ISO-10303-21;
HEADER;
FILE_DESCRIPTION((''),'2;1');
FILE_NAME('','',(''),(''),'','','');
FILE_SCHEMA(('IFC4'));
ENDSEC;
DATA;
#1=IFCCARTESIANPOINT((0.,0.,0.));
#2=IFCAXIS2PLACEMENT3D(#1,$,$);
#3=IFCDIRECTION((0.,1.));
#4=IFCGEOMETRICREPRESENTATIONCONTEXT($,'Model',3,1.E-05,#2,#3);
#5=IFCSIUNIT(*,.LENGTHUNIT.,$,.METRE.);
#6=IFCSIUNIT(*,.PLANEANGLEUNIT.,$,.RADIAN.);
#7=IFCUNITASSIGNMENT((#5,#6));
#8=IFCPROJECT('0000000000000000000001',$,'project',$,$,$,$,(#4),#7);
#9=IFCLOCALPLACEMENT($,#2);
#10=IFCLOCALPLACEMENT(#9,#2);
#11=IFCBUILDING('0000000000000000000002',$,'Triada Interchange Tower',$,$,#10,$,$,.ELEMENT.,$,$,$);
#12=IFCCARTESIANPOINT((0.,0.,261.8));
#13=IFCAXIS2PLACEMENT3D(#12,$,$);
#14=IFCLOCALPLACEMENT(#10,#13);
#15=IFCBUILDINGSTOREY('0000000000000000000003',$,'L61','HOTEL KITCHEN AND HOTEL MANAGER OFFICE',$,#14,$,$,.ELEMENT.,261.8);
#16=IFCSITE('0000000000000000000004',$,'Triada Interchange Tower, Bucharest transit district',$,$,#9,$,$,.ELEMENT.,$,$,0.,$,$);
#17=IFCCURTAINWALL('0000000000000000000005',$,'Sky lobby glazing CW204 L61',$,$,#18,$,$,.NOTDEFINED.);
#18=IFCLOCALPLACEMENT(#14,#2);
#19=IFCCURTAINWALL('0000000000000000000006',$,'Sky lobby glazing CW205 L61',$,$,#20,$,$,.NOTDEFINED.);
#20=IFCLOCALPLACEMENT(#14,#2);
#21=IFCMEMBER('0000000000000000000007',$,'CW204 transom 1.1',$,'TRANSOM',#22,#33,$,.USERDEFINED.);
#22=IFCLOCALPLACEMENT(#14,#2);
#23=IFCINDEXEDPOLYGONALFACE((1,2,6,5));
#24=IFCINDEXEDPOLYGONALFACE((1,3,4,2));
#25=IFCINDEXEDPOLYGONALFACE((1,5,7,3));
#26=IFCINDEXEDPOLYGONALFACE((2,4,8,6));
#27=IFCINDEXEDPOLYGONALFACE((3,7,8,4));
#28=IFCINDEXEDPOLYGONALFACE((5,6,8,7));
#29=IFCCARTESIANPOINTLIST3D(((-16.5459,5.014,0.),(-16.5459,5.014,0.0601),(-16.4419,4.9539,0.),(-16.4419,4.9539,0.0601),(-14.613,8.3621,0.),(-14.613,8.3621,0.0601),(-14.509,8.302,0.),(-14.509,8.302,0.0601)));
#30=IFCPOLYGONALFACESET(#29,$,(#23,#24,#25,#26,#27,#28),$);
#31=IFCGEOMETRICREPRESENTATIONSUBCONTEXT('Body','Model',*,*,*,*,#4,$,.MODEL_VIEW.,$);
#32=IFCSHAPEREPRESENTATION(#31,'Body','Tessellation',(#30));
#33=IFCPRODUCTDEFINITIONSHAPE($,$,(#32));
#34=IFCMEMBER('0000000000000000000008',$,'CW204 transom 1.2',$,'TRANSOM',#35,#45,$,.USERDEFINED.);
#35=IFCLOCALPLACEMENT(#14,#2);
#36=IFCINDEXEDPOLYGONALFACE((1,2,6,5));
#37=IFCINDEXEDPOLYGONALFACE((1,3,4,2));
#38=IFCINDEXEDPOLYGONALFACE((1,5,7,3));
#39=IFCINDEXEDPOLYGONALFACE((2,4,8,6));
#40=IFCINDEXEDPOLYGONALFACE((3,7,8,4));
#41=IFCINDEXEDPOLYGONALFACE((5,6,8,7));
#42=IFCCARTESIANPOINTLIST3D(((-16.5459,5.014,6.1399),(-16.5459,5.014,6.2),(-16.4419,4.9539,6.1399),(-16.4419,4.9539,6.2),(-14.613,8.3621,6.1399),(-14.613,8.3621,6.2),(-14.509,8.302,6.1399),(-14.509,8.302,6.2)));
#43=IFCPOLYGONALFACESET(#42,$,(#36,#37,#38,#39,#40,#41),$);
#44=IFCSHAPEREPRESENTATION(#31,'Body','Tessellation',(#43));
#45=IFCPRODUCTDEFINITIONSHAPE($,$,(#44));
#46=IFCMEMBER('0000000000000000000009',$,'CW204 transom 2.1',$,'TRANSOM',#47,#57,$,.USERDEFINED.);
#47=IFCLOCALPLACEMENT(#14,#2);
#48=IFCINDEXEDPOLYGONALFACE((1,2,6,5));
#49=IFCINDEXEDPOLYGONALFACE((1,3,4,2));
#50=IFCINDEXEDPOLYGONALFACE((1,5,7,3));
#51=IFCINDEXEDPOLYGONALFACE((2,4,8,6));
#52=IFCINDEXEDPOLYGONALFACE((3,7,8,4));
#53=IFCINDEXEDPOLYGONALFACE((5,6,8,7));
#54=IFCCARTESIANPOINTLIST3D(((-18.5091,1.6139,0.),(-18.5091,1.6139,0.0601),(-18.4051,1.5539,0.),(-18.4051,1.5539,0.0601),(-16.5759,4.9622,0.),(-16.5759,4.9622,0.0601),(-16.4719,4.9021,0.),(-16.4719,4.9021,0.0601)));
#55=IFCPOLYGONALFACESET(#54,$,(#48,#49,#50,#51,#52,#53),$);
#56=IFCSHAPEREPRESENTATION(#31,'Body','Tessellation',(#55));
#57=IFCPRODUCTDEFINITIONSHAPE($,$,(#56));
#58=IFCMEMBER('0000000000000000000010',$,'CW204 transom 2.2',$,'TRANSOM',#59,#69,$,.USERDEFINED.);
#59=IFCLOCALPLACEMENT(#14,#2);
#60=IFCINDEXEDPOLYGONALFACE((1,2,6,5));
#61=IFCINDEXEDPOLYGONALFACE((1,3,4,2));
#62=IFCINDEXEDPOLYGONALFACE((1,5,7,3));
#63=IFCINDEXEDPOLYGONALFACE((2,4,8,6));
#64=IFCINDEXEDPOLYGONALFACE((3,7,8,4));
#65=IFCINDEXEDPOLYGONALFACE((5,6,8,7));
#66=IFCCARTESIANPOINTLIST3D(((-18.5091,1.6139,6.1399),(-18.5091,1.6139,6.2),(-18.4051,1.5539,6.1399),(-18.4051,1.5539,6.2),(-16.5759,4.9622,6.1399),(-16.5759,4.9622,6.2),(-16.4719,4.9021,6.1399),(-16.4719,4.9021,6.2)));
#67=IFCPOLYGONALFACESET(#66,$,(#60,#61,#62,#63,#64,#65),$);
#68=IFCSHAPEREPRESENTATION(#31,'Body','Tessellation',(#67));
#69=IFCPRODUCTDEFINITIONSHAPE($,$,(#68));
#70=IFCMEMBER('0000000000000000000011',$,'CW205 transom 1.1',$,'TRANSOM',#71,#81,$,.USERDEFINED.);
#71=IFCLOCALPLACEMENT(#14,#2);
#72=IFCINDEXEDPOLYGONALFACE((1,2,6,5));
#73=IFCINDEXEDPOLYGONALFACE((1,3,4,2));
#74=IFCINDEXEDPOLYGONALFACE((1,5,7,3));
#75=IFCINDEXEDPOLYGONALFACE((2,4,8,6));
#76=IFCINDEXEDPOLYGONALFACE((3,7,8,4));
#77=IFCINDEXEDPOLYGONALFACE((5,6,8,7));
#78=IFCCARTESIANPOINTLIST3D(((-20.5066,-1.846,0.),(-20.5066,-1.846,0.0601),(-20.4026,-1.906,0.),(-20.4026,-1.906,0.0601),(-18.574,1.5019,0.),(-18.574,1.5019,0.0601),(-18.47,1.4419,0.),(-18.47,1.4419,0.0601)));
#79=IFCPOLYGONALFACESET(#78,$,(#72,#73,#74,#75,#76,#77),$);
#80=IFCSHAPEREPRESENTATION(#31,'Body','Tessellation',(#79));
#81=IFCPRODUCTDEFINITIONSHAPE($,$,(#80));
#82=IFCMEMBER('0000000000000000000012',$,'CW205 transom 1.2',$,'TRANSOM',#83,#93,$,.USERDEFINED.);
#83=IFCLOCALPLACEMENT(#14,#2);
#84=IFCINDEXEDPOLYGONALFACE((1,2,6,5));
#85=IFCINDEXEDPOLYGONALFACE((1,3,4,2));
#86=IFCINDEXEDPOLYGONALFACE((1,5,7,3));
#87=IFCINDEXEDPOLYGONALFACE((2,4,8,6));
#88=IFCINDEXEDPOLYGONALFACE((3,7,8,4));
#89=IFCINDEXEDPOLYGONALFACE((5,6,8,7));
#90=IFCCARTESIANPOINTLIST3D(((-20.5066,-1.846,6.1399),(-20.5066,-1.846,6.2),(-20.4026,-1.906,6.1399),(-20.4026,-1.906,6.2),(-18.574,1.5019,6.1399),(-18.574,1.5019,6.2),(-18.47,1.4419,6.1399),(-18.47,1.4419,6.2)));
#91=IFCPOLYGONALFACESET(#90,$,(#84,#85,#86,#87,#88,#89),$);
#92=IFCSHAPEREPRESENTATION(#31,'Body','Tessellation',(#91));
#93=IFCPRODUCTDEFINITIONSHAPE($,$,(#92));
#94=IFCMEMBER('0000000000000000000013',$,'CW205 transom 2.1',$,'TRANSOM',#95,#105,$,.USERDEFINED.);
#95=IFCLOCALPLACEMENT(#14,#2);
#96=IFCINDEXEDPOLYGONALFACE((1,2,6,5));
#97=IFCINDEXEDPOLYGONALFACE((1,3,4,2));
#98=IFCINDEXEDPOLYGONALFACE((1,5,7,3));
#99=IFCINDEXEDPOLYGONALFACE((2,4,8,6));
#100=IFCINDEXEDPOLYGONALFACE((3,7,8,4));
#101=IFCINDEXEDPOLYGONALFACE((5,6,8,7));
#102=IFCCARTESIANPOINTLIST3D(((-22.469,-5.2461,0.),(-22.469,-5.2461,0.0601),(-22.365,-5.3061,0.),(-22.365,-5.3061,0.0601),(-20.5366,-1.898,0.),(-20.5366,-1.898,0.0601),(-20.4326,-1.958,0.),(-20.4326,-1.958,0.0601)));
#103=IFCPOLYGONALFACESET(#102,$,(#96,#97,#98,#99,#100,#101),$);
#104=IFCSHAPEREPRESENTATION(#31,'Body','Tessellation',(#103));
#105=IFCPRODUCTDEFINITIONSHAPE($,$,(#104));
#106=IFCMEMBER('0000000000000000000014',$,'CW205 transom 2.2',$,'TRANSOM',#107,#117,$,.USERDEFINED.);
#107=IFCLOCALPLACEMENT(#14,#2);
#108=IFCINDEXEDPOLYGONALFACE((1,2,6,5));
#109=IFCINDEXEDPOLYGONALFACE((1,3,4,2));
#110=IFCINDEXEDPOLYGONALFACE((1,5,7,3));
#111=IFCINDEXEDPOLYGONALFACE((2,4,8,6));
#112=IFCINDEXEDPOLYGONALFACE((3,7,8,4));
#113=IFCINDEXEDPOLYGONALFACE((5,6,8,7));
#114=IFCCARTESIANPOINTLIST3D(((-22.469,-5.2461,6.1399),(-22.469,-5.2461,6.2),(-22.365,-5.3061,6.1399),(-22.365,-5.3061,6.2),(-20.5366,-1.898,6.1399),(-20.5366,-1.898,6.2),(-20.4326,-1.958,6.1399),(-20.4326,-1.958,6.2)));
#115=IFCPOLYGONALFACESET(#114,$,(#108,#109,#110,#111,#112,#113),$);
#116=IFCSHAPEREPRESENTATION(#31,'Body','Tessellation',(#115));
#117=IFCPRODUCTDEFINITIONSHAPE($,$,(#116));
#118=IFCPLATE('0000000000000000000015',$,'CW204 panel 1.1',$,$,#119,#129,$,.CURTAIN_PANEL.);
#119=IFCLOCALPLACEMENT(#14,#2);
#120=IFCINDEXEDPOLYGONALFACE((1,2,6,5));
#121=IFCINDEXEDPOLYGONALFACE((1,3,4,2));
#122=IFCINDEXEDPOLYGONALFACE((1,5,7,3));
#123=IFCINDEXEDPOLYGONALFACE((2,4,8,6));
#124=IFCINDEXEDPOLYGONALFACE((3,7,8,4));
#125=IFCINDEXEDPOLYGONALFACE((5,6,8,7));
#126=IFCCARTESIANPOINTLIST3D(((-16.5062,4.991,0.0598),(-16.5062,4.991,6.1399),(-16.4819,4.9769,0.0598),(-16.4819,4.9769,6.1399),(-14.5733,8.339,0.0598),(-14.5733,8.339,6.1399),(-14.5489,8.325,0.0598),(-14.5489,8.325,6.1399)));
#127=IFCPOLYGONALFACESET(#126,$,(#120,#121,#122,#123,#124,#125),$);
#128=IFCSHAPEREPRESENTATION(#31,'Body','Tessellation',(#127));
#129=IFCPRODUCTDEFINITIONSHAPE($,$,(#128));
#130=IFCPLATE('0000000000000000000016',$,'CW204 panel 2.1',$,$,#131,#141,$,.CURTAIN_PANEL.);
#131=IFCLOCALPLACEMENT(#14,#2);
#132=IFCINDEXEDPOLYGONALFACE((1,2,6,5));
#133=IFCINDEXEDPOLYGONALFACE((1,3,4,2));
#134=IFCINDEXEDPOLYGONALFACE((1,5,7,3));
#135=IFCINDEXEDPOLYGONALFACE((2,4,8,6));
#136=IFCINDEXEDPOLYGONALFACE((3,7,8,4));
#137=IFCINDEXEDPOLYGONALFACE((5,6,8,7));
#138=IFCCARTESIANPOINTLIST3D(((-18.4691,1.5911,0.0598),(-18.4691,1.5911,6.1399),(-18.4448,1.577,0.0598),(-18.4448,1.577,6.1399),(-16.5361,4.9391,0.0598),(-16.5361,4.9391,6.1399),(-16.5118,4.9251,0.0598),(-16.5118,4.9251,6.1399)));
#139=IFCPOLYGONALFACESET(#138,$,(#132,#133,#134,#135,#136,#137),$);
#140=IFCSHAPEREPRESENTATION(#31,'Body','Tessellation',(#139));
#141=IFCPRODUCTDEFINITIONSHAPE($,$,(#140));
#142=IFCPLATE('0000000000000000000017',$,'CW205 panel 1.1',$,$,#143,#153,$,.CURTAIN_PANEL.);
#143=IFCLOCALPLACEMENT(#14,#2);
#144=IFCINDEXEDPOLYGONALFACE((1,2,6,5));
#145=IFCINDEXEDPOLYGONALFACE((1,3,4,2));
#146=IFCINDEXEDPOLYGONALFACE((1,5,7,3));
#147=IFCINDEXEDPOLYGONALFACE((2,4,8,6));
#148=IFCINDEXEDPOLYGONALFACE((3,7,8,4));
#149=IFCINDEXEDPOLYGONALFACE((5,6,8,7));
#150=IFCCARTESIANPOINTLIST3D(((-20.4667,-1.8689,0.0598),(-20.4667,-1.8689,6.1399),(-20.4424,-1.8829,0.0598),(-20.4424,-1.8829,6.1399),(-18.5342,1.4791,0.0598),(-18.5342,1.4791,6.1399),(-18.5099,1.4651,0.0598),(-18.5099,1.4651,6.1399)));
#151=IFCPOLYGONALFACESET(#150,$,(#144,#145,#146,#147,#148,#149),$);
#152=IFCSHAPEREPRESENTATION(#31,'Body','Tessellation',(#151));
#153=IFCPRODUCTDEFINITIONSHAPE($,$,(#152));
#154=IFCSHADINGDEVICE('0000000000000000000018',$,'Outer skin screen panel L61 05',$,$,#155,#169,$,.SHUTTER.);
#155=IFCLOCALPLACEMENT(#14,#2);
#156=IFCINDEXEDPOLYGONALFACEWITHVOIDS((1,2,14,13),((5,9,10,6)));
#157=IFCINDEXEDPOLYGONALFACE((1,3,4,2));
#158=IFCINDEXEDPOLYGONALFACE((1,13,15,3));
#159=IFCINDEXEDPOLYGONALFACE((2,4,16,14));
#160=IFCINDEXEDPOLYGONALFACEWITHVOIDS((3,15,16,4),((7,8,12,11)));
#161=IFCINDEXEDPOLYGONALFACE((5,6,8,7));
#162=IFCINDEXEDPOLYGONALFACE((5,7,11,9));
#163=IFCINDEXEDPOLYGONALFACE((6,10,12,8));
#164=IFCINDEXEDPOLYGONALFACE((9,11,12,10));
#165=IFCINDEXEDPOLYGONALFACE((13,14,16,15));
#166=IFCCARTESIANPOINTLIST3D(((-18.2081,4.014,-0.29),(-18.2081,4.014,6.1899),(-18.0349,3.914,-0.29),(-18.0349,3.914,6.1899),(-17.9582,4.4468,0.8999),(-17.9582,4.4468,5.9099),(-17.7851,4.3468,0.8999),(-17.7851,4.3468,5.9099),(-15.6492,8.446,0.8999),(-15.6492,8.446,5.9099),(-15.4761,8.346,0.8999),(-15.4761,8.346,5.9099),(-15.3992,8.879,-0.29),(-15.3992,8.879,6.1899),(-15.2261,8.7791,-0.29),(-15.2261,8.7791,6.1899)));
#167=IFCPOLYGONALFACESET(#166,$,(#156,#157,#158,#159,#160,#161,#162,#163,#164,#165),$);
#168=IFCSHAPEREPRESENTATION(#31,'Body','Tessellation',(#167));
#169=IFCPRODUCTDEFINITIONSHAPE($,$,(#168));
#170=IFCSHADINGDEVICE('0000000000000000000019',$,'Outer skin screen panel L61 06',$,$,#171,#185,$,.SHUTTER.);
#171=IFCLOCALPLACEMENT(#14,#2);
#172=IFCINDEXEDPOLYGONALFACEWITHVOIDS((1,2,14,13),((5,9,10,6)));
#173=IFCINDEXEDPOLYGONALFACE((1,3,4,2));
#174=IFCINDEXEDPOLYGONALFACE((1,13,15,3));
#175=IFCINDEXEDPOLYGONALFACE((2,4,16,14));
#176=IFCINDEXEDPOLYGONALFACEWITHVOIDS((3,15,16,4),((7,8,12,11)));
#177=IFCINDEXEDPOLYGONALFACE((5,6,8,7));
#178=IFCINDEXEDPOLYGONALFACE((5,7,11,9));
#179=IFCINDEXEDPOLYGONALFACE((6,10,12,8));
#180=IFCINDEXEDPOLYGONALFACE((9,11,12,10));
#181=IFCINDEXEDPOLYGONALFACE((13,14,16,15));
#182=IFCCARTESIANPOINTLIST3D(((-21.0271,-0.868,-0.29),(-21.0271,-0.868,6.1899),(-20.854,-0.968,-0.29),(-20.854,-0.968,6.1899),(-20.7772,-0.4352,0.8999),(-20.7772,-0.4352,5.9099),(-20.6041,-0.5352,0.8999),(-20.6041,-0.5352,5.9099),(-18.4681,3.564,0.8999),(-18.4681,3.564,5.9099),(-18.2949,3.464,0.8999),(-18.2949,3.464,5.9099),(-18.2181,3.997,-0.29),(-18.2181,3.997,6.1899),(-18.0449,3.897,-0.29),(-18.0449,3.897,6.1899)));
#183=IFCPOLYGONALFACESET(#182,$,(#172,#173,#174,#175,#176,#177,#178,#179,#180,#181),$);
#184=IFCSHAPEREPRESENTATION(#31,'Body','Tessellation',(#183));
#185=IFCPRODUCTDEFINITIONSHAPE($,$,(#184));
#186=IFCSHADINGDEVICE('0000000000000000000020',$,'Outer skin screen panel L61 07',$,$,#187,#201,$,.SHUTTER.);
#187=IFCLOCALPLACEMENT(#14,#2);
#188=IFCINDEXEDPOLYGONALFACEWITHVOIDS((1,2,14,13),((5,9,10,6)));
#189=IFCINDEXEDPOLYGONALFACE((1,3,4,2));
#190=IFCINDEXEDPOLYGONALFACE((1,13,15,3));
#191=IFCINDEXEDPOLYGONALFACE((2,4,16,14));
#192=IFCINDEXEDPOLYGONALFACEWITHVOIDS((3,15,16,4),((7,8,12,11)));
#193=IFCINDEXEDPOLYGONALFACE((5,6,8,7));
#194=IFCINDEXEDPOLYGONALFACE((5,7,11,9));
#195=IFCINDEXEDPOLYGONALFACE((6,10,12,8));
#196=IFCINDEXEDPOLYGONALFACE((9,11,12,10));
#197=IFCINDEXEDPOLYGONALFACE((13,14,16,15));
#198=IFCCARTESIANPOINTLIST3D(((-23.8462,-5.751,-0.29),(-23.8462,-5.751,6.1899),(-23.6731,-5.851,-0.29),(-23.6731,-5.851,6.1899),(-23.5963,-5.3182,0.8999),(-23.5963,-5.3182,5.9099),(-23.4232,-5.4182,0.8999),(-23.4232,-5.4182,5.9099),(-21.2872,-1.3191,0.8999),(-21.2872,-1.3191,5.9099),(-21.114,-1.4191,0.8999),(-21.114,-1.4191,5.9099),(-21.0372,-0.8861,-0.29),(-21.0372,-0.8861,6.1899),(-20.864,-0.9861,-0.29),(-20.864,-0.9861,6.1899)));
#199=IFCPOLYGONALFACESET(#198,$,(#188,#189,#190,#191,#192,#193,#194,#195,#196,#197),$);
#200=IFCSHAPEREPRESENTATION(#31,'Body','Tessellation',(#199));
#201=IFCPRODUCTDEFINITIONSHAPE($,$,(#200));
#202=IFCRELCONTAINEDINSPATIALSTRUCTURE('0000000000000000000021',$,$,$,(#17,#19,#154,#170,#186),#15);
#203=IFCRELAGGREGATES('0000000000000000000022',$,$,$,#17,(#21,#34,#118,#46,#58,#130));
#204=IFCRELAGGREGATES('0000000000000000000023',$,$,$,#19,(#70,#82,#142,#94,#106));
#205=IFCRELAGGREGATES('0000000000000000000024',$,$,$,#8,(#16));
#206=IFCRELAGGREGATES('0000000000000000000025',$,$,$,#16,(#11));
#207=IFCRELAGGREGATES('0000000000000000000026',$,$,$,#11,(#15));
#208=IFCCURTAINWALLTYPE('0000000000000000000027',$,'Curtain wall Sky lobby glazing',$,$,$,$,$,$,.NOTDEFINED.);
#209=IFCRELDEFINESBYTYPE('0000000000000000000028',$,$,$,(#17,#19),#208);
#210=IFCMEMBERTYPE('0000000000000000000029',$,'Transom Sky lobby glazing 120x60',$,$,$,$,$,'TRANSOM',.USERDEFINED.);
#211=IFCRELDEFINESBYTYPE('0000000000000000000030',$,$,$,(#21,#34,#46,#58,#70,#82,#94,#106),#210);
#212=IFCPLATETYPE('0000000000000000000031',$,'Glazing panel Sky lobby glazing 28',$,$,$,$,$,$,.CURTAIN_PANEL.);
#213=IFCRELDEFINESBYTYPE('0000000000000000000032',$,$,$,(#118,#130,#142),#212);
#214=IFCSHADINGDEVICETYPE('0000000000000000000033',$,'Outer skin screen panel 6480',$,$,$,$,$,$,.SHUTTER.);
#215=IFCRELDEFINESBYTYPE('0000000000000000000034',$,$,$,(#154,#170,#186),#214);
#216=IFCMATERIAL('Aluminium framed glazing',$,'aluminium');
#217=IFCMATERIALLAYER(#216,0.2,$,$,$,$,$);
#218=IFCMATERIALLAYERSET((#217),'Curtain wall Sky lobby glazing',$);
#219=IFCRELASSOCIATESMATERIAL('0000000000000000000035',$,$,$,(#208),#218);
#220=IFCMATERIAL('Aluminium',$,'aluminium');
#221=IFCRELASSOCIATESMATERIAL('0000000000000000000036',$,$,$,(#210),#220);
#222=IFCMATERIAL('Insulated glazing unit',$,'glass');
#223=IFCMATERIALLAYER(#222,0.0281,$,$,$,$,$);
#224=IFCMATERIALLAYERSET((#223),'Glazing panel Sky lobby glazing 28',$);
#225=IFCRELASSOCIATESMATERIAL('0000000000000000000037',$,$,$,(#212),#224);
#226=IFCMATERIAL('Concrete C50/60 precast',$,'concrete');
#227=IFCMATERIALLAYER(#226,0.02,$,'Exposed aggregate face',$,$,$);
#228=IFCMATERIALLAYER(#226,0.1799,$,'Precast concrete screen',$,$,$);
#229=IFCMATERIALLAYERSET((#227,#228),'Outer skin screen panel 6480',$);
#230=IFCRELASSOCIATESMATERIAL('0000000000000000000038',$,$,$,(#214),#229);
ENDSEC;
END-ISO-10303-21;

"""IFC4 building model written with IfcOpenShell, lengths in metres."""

from ifc_helpers import new_model, si_unit, direction, frame, origin, origin_2d, place, context, subcontext, project, spatial, polyline, rectangle, outline, extrude, material, layer, layer_set, material_profile, profile_set, type_object, element, aggregate, save


model = new_model("IFC4")

# Units and contexts
model_context = context("Model", 3, precision=1e-05, world=origin(), true_north=direction((0.0, 1.0)))
body_context = subcontext(model_context, "Body", "Model", "MODEL_VIEW")
ifc_project = project(units=[si_unit("LENGTHUNIT", "METRE"), si_unit("PLANEANGLEUNIT", "RADIAN")], contexts=[model_context])

# Site, building, storey
site_placement = place(None, origin())
site = spatial("IfcSite", under=ifc_project, at=site_placement, Name="Triada Interchange Tower, Bucharest transit district", CompositionType="ELEMENT", RefElevation=0.0)
building_placement = place(site_placement, origin())
building = spatial("IfcBuilding", under=site, at=building_placement, Name="Triada Interchange Tower", CompositionType="ELEMENT")
storey_placement = place(building_placement, frame((0.0, 0.0, 261.8)))
storey = spatial("IfcBuildingStorey", under=building, at=storey_placement, Name="L61", Description="HOTEL KITCHEN AND HOTEL MANAGER OFFICE", CompositionType="ELEMENT", Elevation=261.8)

# Shared definitions
ifc_material_1 = material(Name="Aluminium framed glazing", Category="aluminium")
ifc_layer_1 = layer(ifc_material_1, 0.2)
ifc_layer_set_1 = layer_set([ifc_layer_1], Name="Curtain wall Sky lobby glazing")
curtain_wall_type = type_object("IfcCurtainWallType", Name="Curtain wall Sky lobby glazing", PredefinedType="NOTDEFINED", material=ifc_layer_set_1)
ifc_material_2 = material(Name="Aluminium", Category="aluminium")

# Curtain walls
curtain_wall_1_placement = place(storey_placement, origin())
curtain_wall_1 = element("IfcCurtainWall", 1, at=curtain_wall_1_placement, inside=storey, type_object=curtain_wall_type, Name="Sky lobby glazing CW204 L61", PredefinedType="NOTDEFINED")
curtain_wall_2_placement = place(storey_placement, origin())
curtain_wall_2 = element("IfcCurtainWall", 2, at=curtain_wall_2_placement, inside=storey, type_object=curtain_wall_type, Name="Sky lobby glazing CW205 L61", PredefinedType="NOTDEFINED")

# Members
ifc_material_profile_1 = material_profile(ifc_material_2, rectangle(XDim=0.1201, YDim=0.0601, at=origin_2d()), Name="Aluminium transom")
ifc_profile_set_1 = profile_set([ifc_material_profile_1], Name="Aluminium")
member_type_1 = type_object("IfcMemberType", Name="Transom Sky lobby glazing 120x60", ElementType="TRANSOM", PredefinedType="USERDEFINED", material=ifc_profile_set_1)
member_1_placement = place(storey_placement, frame((-14.561, 8.332, 0.03), z_axis=(-0.499963, -0.866047, 0.0), x_axis=(0.866047, -0.499963, 0.0)))
member_1 = element("IfcMember", 3, at=member_1_placement, type_object=member_type_1, Name="CW204 transom 1.1", ObjectType="TRANSOM", PredefinedType="USERDEFINED", context=body_context, shape_type="SweptSolid", body=[
    extrude(rectangle(XDim=0.1201, YDim=0.0601, at=origin_2d()), origin(), (0.0, 0.0, 1.0), 3.866),
])
member_2_placement = place(storey_placement, frame((-14.561, 8.332, 6.1699), z_axis=(-0.499963, -0.866047, 0.0), x_axis=(0.866047, -0.499963, 0.0)))
member_2 = element("IfcMember", 4, at=member_2_placement, type_object=member_type_1, Name="CW204 transom 1.2", ObjectType="TRANSOM", PredefinedType="USERDEFINED", context=body_context, shape_type="SweptSolid", body=[
    extrude(rectangle(XDim=0.1201, YDim=0.0601, at=origin_2d()), origin(), (0.0, 0.0, 1.0), 3.866),
])
member_3_placement = place(storey_placement, frame((-16.5239, 4.9321, 0.03), z_axis=(-0.50001, -0.866019, 0.0), x_axis=(0.866019, -0.50001, 0.0)))
member_3 = element("IfcMember", 5, at=member_3_placement, type_object=member_type_1, Name="CW204 transom 2.1", ObjectType="TRANSOM", PredefinedType="USERDEFINED", context=body_context, shape_type="SweptSolid", body=[
    extrude(rectangle(XDim=0.1201, YDim=0.0601, at=origin_2d()), origin(), (0.0, 0.0, 1.0), 3.8662),
])
member_4_placement = place(storey_placement, frame((-16.5239, 4.9321, 6.1699), z_axis=(-0.50001, -0.866019, 0.0), x_axis=(0.866019, -0.50001, 0.0)))
member_4 = element("IfcMember", 6, at=member_4_placement, type_object=member_type_1, Name="CW204 transom 2.2", ObjectType="TRANSOM", PredefinedType="USERDEFINED", context=body_context, shape_type="SweptSolid", body=[
    extrude(rectangle(XDim=0.1201, YDim=0.0601, at=origin_2d()), origin(), (0.0, 0.0, 1.0), 3.8662),
])
member_5_placement = place(storey_placement, frame((-18.522, 1.4719, 0.03), z_axis=(-0.499943, -0.866058, 0.0), x_axis=(0.866058, -0.499943, 0.0)))
member_5 = element("IfcMember", 7, at=member_5_placement, type_object=member_type_1, Name="CW205 transom 1.1", ObjectType="TRANSOM", PredefinedType="USERDEFINED", context=body_context, shape_type="SweptSolid", body=[
    extrude(rectangle(XDim=0.1201, YDim=0.0601, at=origin_2d()), origin(), (0.0, 0.0, 1.0), 3.8657),
])
member_6_placement = place(storey_placement, frame((-18.522, 1.4719, 6.1699), z_axis=(-0.499943, -0.866058, 0.0), x_axis=(0.866058, -0.499943, 0.0)))
member_6 = element("IfcMember", 8, at=member_6_placement, type_object=member_type_1, Name="CW205 transom 1.2", ObjectType="TRANSOM", PredefinedType="USERDEFINED", context=body_context, shape_type="SweptSolid", body=[
    extrude(rectangle(XDim=0.1201, YDim=0.0601, at=origin_2d()), origin(), (0.0, 0.0, 1.0), 3.8657),
])
member_7_placement = place(storey_placement, frame((-20.4846, -1.928, 0.03), z_axis=(-0.499868, -0.866101, 0.0), x_axis=(0.866101, -0.499868, 0.0)))
member_7 = element("IfcMember", 9, at=member_7_placement, type_object=member_type_1, Name="CW205 transom 2.1", ObjectType="TRANSOM", PredefinedType="USERDEFINED", context=body_context, shape_type="SweptSolid", body=[
    extrude(rectangle(XDim=0.1201, YDim=0.0601, at=origin_2d()), origin(), (0.0, 0.0, 1.0), 3.8657),
])
member_8_placement = place(storey_placement, frame((-20.4846, -1.928, 6.1699), z_axis=(-0.499868, -0.866101, 0.0), x_axis=(0.866101, -0.499868, 0.0)))
member_8 = element("IfcMember", 10, at=member_8_placement, type_object=member_type_1, Name="CW205 transom 2.2", ObjectType="TRANSOM", PredefinedType="USERDEFINED", context=body_context, shape_type="SweptSolid", body=[
    extrude(rectangle(XDim=0.1201, YDim=0.0601, at=origin_2d()), origin(), (0.0, 0.0, 1.0), 3.8657),
])

# Plates
ifc_material_3 = material(Name="Insulated glazing unit", Category="glass")
ifc_layer_2 = layer(ifc_material_3, 0.0281)
ifc_layer_set_2 = layer_set([ifc_layer_2], Name="Glazing panel Sky lobby glazing 28")
plate_type = type_object("IfcPlateType", Name="Glazing panel Sky lobby glazing 28", PredefinedType="CURTAIN_PANEL", material=ifc_layer_set_2)
plate_1_placement = place(storey_placement, frame((-15.5276, 6.658, 0.0598), z_axis=(0.0, 0.0, 1.0), x_axis=(-0.5, -0.866026, 0.0)))
plate_1 = element("IfcPlate", 11, at=plate_1_placement, type_object=plate_type, Name="CW204 panel 1.1", PredefinedType="CURTAIN_PANEL", context=body_context, shape_type="SweptSolid", body=[
    extrude(rectangle(XDim=3.866, YDim=0.0281, at=origin_2d()), origin(), (0.0, 0.0, 1.0), 6.0801),
])
plate_2_placement = place(storey_placement, frame((-17.4905, 3.2581, 0.0598), z_axis=(0.0, 0.0, 1.0), x_axis=(-0.5, -0.866026, 0.0)))
plate_2 = element("IfcPlate", 12, at=plate_2_placement, type_object=plate_type, Name="CW204 panel 2.1", PredefinedType="CURTAIN_PANEL", context=body_context, shape_type="SweptSolid", body=[
    extrude(rectangle(XDim=3.866, YDim=0.0281, at=origin_2d()), origin(), (0.0, 0.0, 1.0), 6.0801),
])
aggregate(curtain_wall_1, [member_1, member_2, plate_1, member_3, member_4, plate_2])
plate_3_placement = place(storey_placement, frame((-19.4883, -0.2019, 0.0598), z_axis=(0.0, 0.0, 1.0), x_axis=(-0.499905, -0.86608, 0.0)))
plate_3 = element("IfcPlate", 13, at=plate_3_placement, type_object=plate_type, Name="CW205 panel 1.1", PredefinedType="CURTAIN_PANEL", context=body_context, shape_type="SweptSolid", body=[
    extrude(rectangle(XDim=3.8657, YDim=0.0281, at=origin_2d()), origin(), (0.0, 0.0, 1.0), 6.0801),
])
aggregate(curtain_wall_2, [member_5, member_6, plate_3, member_7, member_8])

# Shading devices
ifc_material_4 = material(Name="Concrete C50/60 precast", Category="concrete")
ifc_layer_3 = layer(ifc_material_4, 0.02, Name="Exposed aggregate face")
ifc_layer_4 = layer(ifc_material_4, 0.1799, Name="Precast concrete screen")
ifc_layer_set_3 = layer_set([ifc_layer_3, ifc_layer_4], Name="Outer skin screen panel 6480")
shading_device_type = type_object("IfcShadingDeviceType", Name="Outer skin screen panel 6480", PredefinedType="SHUTTER", material=ifc_layer_set_3)
for number, where, z_axis, x_axis, name in (
    (14, (-15.2261, 8.7791, -0.29), (0.0, 0.0, 1.0), (-0.500005, -0.866023, 0.0), "Outer skin screen panel L61 05"),
    (15, (-18.0449, 3.897, -0.29), (0.0, 0.0, 1.0), (-0.500037, -0.866004, 0.0), "Outer skin screen panel L61 06"),
    (16, (-20.864, -0.9861, -0.29), (0.0, 0.0, 1.0), (-0.500037, -0.866004, 0.0), "Outer skin screen panel L61 07"),
):
    element("IfcShadingDevice", number, at=place(storey_placement, frame(where, z_axis=z_axis, x_axis=x_axis)), inside=storey, type_object=shading_device_type, Name=name, PredefinedType="SHUTTER", context=body_context, shape_type="SweptSolid", body=[
        extrude(outline(polyline([(0.0, 0.0), (5.6177, 0.0), (5.6177, 6.48), (0.0, 6.48), (0.0, 0.0)]), holes=[polyline([(0.5, 1.1899), (0.5, 6.2), (5.1179, 6.2), (5.1179, 1.1899), (0.5, 1.1899)])]), frame((0.0, 0.0, 0.0), z_axis=(0.0, -1.0, 0.0), x_axis=(1.0, 0.0, 0.0)), (0.0, 0.0, 1.0), 0.2),
    ])

save(model, "model.ifc")
